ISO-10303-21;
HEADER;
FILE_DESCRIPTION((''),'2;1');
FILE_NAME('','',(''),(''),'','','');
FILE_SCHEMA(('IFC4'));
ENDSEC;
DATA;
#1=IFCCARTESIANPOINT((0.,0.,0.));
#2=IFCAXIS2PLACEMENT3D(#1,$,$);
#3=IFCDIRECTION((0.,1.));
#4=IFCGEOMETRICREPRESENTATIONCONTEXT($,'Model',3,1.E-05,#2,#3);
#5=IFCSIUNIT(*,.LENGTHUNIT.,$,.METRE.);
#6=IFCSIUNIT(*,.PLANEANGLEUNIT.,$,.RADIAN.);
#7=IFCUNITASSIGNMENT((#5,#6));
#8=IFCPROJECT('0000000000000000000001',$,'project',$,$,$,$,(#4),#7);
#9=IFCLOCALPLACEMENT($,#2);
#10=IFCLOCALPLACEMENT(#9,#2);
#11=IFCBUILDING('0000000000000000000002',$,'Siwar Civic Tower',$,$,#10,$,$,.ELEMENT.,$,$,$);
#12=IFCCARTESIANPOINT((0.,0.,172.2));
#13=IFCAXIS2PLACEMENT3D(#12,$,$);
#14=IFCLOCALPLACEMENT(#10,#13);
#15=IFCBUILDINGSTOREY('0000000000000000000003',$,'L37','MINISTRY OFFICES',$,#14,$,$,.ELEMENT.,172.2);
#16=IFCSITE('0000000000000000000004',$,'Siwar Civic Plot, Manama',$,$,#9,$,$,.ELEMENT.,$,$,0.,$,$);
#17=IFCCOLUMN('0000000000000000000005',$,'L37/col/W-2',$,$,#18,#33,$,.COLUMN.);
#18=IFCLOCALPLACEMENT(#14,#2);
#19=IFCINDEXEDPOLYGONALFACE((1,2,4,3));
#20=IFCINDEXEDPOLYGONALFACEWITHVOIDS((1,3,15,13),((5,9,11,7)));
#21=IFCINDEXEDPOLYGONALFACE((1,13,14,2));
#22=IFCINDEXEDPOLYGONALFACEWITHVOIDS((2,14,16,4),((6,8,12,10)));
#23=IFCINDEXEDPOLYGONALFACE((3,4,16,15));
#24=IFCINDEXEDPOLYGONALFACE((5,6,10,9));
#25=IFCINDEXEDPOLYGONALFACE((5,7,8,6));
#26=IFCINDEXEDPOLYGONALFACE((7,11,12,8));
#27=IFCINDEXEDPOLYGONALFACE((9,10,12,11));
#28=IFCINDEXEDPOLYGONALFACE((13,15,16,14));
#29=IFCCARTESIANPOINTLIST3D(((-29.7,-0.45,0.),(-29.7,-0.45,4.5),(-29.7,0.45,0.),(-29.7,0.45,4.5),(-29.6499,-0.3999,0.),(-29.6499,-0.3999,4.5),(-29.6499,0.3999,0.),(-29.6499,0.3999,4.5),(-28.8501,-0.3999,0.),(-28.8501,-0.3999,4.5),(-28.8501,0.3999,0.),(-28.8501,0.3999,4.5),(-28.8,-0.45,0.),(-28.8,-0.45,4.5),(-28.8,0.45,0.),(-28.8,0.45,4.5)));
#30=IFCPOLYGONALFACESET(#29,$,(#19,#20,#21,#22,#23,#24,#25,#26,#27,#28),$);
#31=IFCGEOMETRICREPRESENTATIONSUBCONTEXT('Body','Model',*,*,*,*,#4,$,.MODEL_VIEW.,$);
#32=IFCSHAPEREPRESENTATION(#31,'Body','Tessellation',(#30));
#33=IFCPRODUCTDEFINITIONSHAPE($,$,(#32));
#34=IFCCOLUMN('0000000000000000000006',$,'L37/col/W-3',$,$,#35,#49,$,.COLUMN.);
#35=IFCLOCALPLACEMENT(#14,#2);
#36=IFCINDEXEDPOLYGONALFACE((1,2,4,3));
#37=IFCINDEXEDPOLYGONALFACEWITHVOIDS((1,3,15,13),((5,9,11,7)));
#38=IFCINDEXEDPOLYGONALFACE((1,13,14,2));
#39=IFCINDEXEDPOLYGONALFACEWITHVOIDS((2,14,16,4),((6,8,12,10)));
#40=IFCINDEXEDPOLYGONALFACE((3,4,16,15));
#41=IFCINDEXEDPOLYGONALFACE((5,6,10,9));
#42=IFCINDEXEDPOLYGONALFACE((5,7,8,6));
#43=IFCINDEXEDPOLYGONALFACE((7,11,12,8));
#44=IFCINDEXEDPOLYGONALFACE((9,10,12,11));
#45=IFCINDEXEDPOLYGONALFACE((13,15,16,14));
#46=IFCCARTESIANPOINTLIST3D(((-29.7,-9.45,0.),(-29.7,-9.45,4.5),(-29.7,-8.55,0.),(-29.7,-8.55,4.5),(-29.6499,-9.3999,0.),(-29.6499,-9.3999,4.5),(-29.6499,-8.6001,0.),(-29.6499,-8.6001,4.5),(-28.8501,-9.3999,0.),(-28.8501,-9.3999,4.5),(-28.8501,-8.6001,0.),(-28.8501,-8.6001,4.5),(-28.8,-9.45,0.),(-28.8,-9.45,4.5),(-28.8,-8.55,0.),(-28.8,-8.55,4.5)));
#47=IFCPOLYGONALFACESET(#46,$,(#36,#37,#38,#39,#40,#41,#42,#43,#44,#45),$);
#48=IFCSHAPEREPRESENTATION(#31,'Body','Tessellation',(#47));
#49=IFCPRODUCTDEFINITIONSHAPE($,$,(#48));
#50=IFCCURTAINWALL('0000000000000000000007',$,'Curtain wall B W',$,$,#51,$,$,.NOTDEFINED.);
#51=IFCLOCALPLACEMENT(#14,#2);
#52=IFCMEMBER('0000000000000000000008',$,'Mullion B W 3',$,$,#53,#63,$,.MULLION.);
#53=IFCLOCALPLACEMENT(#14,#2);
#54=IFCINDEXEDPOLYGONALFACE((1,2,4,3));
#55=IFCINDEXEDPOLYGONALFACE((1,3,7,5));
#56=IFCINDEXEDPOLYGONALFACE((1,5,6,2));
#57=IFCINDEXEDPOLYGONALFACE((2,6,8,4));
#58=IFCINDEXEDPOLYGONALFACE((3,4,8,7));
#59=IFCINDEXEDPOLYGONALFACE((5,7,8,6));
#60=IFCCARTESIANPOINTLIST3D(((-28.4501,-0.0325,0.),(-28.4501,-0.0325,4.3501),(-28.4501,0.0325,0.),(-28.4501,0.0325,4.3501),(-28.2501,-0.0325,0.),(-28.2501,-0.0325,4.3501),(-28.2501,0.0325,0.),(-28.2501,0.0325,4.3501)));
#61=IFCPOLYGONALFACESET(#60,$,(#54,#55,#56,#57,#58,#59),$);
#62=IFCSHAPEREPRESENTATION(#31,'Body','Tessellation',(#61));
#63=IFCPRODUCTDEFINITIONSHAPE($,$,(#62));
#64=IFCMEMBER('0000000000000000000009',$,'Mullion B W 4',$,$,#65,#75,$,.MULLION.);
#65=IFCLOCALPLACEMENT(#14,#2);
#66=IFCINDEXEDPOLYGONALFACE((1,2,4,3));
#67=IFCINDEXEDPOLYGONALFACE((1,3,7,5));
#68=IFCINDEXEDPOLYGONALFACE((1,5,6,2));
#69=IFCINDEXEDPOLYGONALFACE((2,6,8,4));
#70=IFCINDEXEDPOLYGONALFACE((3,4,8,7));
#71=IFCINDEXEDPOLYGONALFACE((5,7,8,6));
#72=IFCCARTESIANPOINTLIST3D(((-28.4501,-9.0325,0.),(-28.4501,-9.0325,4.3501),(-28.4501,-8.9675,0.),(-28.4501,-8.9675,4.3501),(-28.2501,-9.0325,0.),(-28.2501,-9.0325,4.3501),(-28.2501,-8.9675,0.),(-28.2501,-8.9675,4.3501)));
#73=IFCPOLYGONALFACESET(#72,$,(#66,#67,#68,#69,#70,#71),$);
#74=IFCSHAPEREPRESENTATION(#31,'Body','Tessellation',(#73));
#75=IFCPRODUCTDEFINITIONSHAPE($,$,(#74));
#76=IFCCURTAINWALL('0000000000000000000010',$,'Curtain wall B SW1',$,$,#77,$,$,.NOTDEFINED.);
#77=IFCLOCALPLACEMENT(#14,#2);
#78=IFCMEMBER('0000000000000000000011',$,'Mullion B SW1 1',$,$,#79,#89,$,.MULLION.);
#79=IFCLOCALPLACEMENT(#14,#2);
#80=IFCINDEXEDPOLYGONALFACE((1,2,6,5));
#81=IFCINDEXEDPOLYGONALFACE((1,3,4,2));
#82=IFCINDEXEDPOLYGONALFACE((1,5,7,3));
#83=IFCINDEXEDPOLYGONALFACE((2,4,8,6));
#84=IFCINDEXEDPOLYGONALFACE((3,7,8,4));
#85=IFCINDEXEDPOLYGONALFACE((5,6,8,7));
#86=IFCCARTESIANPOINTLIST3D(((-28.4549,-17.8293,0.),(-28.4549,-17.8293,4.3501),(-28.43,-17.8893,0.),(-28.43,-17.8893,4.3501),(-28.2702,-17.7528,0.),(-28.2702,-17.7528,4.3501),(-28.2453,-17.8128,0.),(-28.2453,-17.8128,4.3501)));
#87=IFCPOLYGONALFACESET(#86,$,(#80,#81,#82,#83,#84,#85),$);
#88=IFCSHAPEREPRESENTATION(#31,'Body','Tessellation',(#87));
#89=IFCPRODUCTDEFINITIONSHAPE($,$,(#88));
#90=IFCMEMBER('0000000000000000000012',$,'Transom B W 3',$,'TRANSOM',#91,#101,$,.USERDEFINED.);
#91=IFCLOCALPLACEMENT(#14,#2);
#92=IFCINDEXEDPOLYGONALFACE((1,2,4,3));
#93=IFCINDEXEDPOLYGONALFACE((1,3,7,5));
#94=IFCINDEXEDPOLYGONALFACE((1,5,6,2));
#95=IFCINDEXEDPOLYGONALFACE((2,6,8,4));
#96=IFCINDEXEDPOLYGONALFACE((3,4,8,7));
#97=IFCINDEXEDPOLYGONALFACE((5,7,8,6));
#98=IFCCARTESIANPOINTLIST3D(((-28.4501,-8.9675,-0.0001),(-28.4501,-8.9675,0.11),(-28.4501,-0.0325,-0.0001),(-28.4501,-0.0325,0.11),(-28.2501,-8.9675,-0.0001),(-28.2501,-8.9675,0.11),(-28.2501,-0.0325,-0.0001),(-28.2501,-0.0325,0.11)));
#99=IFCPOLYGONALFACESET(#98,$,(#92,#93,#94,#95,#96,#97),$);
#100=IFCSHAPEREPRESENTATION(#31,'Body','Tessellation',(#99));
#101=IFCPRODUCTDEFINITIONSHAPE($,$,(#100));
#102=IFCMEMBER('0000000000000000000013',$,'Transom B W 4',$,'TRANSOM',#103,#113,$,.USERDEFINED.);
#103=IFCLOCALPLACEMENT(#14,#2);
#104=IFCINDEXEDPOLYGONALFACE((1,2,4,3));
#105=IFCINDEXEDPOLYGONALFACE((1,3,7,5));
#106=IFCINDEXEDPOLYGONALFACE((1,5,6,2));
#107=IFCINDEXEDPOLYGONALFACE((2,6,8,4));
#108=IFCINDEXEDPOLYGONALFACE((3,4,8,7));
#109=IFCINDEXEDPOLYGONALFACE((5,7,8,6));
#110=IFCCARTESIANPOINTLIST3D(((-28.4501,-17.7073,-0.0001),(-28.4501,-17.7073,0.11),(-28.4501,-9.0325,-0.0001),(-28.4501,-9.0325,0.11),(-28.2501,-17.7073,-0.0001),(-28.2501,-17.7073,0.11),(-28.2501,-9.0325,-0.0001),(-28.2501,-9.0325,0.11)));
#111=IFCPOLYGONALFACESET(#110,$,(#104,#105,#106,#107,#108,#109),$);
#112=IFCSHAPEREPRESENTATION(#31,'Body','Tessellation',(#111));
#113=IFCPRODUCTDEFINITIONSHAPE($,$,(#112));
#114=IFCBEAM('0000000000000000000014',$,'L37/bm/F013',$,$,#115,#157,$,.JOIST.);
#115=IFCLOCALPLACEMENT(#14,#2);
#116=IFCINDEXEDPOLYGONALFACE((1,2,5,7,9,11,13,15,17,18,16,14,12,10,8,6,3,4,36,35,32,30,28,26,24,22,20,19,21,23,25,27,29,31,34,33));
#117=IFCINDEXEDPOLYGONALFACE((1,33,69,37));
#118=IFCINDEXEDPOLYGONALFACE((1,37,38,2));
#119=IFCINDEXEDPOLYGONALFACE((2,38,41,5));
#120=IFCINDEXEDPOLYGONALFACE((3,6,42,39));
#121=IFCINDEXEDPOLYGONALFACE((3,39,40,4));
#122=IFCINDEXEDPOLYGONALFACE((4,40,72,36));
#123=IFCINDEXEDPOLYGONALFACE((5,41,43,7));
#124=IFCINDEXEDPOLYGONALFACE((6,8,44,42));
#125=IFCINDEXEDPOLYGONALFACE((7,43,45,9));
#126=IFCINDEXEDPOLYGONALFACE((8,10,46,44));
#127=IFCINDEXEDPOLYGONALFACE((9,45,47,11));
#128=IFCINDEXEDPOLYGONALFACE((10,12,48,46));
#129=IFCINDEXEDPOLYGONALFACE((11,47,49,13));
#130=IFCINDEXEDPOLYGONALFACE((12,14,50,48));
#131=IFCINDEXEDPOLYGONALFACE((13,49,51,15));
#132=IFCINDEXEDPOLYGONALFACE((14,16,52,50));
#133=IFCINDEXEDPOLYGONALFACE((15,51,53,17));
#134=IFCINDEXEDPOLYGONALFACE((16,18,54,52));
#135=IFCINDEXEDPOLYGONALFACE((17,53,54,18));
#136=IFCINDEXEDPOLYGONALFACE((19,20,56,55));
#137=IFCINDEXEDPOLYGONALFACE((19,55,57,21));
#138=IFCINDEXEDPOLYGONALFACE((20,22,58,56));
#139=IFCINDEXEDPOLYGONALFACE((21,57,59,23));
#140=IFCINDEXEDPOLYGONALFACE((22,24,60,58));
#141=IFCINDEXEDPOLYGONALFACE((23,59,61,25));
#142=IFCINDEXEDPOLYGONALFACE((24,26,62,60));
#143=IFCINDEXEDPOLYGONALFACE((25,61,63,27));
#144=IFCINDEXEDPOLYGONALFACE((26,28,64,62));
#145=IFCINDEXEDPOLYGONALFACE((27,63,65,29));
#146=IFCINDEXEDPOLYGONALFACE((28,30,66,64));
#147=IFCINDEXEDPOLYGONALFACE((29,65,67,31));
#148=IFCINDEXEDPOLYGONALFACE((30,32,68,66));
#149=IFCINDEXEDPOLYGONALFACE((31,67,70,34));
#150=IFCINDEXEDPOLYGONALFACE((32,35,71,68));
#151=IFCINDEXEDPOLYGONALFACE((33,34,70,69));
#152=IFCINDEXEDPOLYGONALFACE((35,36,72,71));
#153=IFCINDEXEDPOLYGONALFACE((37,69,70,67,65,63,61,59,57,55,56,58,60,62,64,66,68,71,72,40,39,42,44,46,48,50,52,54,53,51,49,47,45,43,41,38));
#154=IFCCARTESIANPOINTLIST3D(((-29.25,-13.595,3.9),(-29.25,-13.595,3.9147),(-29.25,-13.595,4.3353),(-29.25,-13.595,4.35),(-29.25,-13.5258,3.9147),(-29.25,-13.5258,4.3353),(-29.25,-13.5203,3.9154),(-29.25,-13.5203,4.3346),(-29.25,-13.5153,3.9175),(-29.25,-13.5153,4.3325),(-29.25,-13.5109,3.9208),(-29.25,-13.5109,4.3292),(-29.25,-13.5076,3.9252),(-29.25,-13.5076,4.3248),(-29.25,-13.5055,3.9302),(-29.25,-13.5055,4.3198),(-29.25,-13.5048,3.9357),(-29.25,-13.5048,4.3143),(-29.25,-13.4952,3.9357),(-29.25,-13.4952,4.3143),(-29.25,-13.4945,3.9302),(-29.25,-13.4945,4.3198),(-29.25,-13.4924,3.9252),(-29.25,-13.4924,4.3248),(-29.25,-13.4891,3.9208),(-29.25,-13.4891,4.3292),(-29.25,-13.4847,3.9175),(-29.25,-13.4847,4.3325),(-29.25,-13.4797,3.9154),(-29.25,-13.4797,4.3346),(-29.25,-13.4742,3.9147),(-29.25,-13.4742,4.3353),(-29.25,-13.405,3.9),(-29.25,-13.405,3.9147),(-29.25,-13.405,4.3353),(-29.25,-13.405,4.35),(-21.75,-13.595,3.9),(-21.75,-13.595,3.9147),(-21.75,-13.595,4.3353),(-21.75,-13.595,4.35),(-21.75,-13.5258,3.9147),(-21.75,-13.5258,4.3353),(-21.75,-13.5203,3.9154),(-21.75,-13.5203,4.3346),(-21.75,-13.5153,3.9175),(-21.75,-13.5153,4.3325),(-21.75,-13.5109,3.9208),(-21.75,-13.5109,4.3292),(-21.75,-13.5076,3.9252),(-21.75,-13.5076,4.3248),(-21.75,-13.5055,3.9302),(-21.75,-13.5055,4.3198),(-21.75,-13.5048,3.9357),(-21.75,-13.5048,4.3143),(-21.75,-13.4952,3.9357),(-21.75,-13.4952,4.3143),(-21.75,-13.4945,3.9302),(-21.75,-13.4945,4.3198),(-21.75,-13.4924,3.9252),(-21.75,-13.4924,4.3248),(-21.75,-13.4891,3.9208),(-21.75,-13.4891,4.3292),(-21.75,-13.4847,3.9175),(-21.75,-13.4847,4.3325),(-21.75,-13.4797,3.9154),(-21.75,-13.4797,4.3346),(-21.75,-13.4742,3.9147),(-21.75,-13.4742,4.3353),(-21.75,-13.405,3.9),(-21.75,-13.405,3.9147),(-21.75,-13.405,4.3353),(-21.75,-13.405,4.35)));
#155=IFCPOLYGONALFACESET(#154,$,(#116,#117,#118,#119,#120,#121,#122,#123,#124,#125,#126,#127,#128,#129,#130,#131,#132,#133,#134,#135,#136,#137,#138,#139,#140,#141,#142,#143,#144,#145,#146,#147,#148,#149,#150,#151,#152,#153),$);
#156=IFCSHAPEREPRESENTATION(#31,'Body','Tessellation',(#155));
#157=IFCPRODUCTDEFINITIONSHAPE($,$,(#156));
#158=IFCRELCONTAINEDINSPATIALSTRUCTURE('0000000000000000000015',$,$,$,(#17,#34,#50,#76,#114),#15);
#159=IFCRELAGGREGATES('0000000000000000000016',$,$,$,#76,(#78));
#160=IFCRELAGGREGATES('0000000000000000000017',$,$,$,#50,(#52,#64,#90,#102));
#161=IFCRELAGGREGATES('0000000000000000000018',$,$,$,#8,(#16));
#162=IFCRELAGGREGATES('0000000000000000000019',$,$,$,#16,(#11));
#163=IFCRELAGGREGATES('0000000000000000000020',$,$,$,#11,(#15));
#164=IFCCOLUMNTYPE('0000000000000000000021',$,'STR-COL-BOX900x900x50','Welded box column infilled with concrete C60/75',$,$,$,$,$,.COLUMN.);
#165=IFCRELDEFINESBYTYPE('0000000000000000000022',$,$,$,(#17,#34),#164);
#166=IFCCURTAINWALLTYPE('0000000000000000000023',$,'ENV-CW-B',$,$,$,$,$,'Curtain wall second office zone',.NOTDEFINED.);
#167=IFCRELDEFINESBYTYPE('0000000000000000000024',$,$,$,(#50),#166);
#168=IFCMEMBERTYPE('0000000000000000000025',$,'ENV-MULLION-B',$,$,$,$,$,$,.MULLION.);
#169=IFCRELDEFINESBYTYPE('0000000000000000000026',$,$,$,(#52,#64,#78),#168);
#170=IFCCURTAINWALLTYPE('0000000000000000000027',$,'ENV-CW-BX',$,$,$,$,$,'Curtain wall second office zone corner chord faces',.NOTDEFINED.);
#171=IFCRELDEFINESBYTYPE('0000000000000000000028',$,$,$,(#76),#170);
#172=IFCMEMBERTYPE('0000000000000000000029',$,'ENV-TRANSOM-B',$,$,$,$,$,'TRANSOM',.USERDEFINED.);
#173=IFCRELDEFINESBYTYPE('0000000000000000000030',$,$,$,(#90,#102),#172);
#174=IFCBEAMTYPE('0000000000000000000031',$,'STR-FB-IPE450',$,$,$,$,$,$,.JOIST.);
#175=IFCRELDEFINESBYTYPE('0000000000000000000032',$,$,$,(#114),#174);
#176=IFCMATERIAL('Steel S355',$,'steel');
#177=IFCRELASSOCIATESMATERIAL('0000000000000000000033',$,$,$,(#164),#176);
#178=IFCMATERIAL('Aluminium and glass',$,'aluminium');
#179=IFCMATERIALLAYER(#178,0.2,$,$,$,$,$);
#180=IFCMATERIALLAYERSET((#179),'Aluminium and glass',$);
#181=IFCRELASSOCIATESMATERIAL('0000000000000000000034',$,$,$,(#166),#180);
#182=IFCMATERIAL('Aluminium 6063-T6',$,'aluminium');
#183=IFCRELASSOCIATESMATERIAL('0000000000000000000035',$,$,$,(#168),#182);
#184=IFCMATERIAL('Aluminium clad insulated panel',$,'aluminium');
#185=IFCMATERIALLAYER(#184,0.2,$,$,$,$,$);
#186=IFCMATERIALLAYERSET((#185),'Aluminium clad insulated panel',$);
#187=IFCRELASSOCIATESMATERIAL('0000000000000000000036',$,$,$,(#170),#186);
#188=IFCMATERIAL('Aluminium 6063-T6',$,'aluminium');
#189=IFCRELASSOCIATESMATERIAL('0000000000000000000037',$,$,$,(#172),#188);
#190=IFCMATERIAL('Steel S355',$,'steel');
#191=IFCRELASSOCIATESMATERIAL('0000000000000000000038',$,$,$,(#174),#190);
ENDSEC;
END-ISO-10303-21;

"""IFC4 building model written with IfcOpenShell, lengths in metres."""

from ifc_helpers import new_model, si_unit, direction, frame, origin, origin_2d, place, context, subcontext, project, spatial, rectangle, hollow_rectangle, i_section, extrude, material, layer, layer_set, material_profile, profile_set, type_object, element, aggregate, save


model = new_model("IFC4")

# Units and contexts
model_context = context("Model", 3, precision=1e-05, world=origin(), true_north=direction((0.0, 1.0)))
body_context = subcontext(model_context, "Body", "Model", "MODEL_VIEW")
ifc_project = project(units=[si_unit("LENGTHUNIT", "METRE"), si_unit("PLANEANGLEUNIT", "RADIAN")], contexts=[model_context])

# Site, building, storey
site_placement = place(None, origin())
site = spatial("IfcSite", under=ifc_project, at=site_placement, Name="Siwar Civic Plot, Manama", CompositionType="ELEMENT", RefElevation=0.0)
building_placement = place(site_placement, origin())
building = spatial("IfcBuilding", under=site, at=building_placement, Name="Siwar Civic Tower", CompositionType="ELEMENT")
storey_placement = place(building_placement, frame((0.0, 0.0, 172.2)))
storey = spatial("IfcBuildingStorey", under=building, at=storey_placement, Name="L37", Description="MINISTRY OFFICES", CompositionType="ELEMENT", Elevation=172.2)

# Columns
ifc_material_1 = material(Name="Steel S355", Category="steel")
ifc_material_profile_1 = material_profile(ifc_material_1, hollow_rectangle(XDim=0.8999, YDim=0.8999, WallThickness=0.05, at=origin_2d()), Name="BOX900x900x50")
ifc_profile_set_1 = profile_set([ifc_material_profile_1], Name="Steel S355")
column_type = type_object("IfcColumnType", Name="STR-COL-BOX900x900x50", Description="Welded box column infilled with concrete C60/75", PredefinedType="COLUMN", material=ifc_profile_set_1)
for number, where, z_axis, x_axis, name in (
    (1, (-29.25, 0.0, 0.0), (0.0, 0.0, 1.0), (1.0, 0.0, 0.0), "L37/col/W-2"),
    (2, (-29.25, -9.0, 0.0), (0.0, 0.0, 1.0), (1.0, 0.0, 0.0), "L37/col/W-3"),
):
    element("IfcColumn", number, at=place(storey_placement, frame(where, z_axis=z_axis, x_axis=x_axis)), inside=storey, type_object=column_type, Name=name, PredefinedType="COLUMN", context=body_context, shape_type="SweptSolid", body=[
        extrude(hollow_rectangle(XDim=0.8999, YDim=0.8999, WallThickness=0.05, at=origin_2d()), origin(), (0.0, 0.0, 1.0), 4.5),
    ])

# Curtain wall, members
ifc_material_2 = material(Name="Aluminium and glass", Category="aluminium")
ifc_layer_1 = layer(ifc_material_2, 0.2)
ifc_layer_set_1 = layer_set([ifc_layer_1], Name="Aluminium and glass")
curtain_wall_type_1 = type_object("IfcCurtainWallType", Name="ENV-CW-B", ElementType="Curtain wall second office zone", PredefinedType="NOTDEFINED", material=ifc_layer_set_1)
curtain_wall_1_placement = place(storey_placement, origin())
curtain_wall_1 = element("IfcCurtainWall", 3, at=curtain_wall_1_placement, inside=storey, type_object=curtain_wall_type_1, Name="Curtain wall B W", PredefinedType="NOTDEFINED")
ifc_material_3 = material(Name="Aluminium 6063-T6", Category="aluminium")
ifc_material_profile_2 = material_profile(ifc_material_3, rectangle(XDim=0.2, YDim=0.0649, at=origin_2d()), Name="AL 200x65")
ifc_profile_set_2 = profile_set([ifc_material_profile_2], Name="Aluminium 6063-T6")
member_type_1 = type_object("IfcMemberType", Name="ENV-MULLION-B", PredefinedType="MULLION", material=ifc_profile_set_2)
member_1_placement = place(storey_placement, frame((-28.3501, 0.0, 0.0), z_axis=(0.0, 0.0, 1.0), x_axis=(1.0, 0.0, 0.0)))
member_1 = element("IfcMember", 4, at=member_1_placement, type_object=member_type_1, Name="Mullion B W 3", PredefinedType="MULLION", context=body_context, shape_type="SweptSolid", body=[
    extrude(rectangle(XDim=0.2, YDim=0.0649, at=origin_2d()), origin(), (0.0, 0.0, 1.0), 4.3501),
])
member_2_placement = place(storey_placement, frame((-28.3501, -9.0, 0.0), z_axis=(0.0, 0.0, 1.0), x_axis=(1.0, 0.0, 0.0)))
member_2 = element("IfcMember", 5, at=member_2_placement, type_object=member_type_1, Name="Mullion B W 4", PredefinedType="MULLION", context=body_context, shape_type="SweptSolid", body=[
    extrude(rectangle(XDim=0.2, YDim=0.0649, at=origin_2d()), origin(), (0.0, 0.0, 1.0), 4.3501),
])

# Curtain wall, member
ifc_material_4 = material(Name="Aluminium clad insulated panel", Category="aluminium")
ifc_layer_2 = layer(ifc_material_4, 0.2)
ifc_layer_set_2 = layer_set([ifc_layer_2], Name="Aluminium clad insulated panel")
curtain_wall_type_2 = type_object("IfcCurtainWallType", Name="ENV-CW-BX", ElementType="Curtain wall second office zone corner chord faces", PredefinedType="NOTDEFINED", material=ifc_layer_set_2)
curtain_wall_2_placement = place(storey_placement, origin())
curtain_wall_2 = element("IfcCurtainWall", 6, at=curtain_wall_2_placement, inside=storey, type_object=curtain_wall_type_2, Name="Curtain wall B SW1", PredefinedType="NOTDEFINED")
member_3_placement = place(storey_placement, frame((-28.3501, -17.821, 0.0), z_axis=(0.0, 0.0, 1.0), x_axis=(0.92388, 0.382683, 0.0)))
member_3 = element("IfcMember", 7, at=member_3_placement, type_object=member_type_1, Name="Mullion B SW1 1", PredefinedType="MULLION", context=body_context, shape_type="SweptSolid", body=[
    extrude(rectangle(XDim=0.2, YDim=0.0649, at=origin_2d()), origin(), (0.0, 0.0, 1.0), 4.3501),
])
aggregate(curtain_wall_2, [member_3])

# Members
ifc_material_5 = material(Name="Aluminium 6063-T6", Category="aluminium")
ifc_material_profile_3 = material_profile(ifc_material_5, rectangle(XDim=0.2, YDim=0.1101, at=origin_2d()), Name="AL 200x110")
ifc_profile_set_3 = profile_set([ifc_material_profile_3], Name="Aluminium 6063-T6")
member_type_2 = type_object("IfcMemberType", Name="ENV-TRANSOM-B", ElementType="TRANSOM", PredefinedType="USERDEFINED", material=ifc_profile_set_3)
member_4_placement = place(storey_placement, frame((-28.3501, -0.0325, 0.0549), z_axis=(0.0, -1.0, 0.0), x_axis=(1.0, 0.0, 0.0)))
member_4 = element("IfcMember", 8, at=member_4_placement, type_object=member_type_2, Name="Transom B W 3", ObjectType="TRANSOM", PredefinedType="USERDEFINED", context=body_context, shape_type="SweptSolid", body=[
    extrude(rectangle(XDim=0.2, YDim=0.1101, at=origin_2d()), origin(), (0.0, 0.0, 1.0), 8.9351),
])
member_5_placement = place(storey_placement, frame((-28.3501, -9.0325, 0.0549), z_axis=(0.0, -1.0, 0.0), x_axis=(1.0, 0.0, 0.0)))
member_5 = element("IfcMember", 9, at=member_5_placement, type_object=member_type_2, Name="Transom B W 4", ObjectType="TRANSOM", PredefinedType="USERDEFINED", context=body_context, shape_type="SweptSolid", body=[
    extrude(rectangle(XDim=0.2, YDim=0.1101, at=origin_2d()), origin(), (0.0, 0.0, 1.0), 8.6748),
])

# Beam
ifc_material_6 = material(Name="Steel S355", Category="steel")
ifc_material_profile_4 = material_profile(ifc_material_6, i_section(OverallWidth=0.1899, OverallDepth=0.45, WebThickness=0.0095, FlangeThickness=0.0146, FilletRadius=0.021, at=origin_2d()), Name="IPE450")
ifc_profile_set_4 = profile_set([ifc_material_profile_4], Name="Steel S355")
beam_type_1 = type_object("IfcBeamType", Name="STR-FB-IPE450", PredefinedType="JOIST", material=ifc_profile_set_4)
beam_1_placement = place(storey_placement, frame((-29.25, -13.5, 4.125), z_axis=(1.0, 0.0, 0.0), x_axis=(0.0, 1.0, 0.0)))
element("IfcBeam", 10, at=beam_1_placement, inside=storey, type_object=beam_type_1, Name="L37/bm/F013", PredefinedType="JOIST", context=body_context, shape_type="SweptSolid", body=[
    extrude(i_section(OverallWidth=0.1899, OverallDepth=0.45, WebThickness=0.0095, FlangeThickness=0.0146, FilletRadius=0.021, at=origin_2d()), origin(), (0.0, 0.0, 1.0), 7.5),
])

aggregate(curtain_wall_1, [member_1, member_2, member_4, member_5])

save(model, "model.ifc")
